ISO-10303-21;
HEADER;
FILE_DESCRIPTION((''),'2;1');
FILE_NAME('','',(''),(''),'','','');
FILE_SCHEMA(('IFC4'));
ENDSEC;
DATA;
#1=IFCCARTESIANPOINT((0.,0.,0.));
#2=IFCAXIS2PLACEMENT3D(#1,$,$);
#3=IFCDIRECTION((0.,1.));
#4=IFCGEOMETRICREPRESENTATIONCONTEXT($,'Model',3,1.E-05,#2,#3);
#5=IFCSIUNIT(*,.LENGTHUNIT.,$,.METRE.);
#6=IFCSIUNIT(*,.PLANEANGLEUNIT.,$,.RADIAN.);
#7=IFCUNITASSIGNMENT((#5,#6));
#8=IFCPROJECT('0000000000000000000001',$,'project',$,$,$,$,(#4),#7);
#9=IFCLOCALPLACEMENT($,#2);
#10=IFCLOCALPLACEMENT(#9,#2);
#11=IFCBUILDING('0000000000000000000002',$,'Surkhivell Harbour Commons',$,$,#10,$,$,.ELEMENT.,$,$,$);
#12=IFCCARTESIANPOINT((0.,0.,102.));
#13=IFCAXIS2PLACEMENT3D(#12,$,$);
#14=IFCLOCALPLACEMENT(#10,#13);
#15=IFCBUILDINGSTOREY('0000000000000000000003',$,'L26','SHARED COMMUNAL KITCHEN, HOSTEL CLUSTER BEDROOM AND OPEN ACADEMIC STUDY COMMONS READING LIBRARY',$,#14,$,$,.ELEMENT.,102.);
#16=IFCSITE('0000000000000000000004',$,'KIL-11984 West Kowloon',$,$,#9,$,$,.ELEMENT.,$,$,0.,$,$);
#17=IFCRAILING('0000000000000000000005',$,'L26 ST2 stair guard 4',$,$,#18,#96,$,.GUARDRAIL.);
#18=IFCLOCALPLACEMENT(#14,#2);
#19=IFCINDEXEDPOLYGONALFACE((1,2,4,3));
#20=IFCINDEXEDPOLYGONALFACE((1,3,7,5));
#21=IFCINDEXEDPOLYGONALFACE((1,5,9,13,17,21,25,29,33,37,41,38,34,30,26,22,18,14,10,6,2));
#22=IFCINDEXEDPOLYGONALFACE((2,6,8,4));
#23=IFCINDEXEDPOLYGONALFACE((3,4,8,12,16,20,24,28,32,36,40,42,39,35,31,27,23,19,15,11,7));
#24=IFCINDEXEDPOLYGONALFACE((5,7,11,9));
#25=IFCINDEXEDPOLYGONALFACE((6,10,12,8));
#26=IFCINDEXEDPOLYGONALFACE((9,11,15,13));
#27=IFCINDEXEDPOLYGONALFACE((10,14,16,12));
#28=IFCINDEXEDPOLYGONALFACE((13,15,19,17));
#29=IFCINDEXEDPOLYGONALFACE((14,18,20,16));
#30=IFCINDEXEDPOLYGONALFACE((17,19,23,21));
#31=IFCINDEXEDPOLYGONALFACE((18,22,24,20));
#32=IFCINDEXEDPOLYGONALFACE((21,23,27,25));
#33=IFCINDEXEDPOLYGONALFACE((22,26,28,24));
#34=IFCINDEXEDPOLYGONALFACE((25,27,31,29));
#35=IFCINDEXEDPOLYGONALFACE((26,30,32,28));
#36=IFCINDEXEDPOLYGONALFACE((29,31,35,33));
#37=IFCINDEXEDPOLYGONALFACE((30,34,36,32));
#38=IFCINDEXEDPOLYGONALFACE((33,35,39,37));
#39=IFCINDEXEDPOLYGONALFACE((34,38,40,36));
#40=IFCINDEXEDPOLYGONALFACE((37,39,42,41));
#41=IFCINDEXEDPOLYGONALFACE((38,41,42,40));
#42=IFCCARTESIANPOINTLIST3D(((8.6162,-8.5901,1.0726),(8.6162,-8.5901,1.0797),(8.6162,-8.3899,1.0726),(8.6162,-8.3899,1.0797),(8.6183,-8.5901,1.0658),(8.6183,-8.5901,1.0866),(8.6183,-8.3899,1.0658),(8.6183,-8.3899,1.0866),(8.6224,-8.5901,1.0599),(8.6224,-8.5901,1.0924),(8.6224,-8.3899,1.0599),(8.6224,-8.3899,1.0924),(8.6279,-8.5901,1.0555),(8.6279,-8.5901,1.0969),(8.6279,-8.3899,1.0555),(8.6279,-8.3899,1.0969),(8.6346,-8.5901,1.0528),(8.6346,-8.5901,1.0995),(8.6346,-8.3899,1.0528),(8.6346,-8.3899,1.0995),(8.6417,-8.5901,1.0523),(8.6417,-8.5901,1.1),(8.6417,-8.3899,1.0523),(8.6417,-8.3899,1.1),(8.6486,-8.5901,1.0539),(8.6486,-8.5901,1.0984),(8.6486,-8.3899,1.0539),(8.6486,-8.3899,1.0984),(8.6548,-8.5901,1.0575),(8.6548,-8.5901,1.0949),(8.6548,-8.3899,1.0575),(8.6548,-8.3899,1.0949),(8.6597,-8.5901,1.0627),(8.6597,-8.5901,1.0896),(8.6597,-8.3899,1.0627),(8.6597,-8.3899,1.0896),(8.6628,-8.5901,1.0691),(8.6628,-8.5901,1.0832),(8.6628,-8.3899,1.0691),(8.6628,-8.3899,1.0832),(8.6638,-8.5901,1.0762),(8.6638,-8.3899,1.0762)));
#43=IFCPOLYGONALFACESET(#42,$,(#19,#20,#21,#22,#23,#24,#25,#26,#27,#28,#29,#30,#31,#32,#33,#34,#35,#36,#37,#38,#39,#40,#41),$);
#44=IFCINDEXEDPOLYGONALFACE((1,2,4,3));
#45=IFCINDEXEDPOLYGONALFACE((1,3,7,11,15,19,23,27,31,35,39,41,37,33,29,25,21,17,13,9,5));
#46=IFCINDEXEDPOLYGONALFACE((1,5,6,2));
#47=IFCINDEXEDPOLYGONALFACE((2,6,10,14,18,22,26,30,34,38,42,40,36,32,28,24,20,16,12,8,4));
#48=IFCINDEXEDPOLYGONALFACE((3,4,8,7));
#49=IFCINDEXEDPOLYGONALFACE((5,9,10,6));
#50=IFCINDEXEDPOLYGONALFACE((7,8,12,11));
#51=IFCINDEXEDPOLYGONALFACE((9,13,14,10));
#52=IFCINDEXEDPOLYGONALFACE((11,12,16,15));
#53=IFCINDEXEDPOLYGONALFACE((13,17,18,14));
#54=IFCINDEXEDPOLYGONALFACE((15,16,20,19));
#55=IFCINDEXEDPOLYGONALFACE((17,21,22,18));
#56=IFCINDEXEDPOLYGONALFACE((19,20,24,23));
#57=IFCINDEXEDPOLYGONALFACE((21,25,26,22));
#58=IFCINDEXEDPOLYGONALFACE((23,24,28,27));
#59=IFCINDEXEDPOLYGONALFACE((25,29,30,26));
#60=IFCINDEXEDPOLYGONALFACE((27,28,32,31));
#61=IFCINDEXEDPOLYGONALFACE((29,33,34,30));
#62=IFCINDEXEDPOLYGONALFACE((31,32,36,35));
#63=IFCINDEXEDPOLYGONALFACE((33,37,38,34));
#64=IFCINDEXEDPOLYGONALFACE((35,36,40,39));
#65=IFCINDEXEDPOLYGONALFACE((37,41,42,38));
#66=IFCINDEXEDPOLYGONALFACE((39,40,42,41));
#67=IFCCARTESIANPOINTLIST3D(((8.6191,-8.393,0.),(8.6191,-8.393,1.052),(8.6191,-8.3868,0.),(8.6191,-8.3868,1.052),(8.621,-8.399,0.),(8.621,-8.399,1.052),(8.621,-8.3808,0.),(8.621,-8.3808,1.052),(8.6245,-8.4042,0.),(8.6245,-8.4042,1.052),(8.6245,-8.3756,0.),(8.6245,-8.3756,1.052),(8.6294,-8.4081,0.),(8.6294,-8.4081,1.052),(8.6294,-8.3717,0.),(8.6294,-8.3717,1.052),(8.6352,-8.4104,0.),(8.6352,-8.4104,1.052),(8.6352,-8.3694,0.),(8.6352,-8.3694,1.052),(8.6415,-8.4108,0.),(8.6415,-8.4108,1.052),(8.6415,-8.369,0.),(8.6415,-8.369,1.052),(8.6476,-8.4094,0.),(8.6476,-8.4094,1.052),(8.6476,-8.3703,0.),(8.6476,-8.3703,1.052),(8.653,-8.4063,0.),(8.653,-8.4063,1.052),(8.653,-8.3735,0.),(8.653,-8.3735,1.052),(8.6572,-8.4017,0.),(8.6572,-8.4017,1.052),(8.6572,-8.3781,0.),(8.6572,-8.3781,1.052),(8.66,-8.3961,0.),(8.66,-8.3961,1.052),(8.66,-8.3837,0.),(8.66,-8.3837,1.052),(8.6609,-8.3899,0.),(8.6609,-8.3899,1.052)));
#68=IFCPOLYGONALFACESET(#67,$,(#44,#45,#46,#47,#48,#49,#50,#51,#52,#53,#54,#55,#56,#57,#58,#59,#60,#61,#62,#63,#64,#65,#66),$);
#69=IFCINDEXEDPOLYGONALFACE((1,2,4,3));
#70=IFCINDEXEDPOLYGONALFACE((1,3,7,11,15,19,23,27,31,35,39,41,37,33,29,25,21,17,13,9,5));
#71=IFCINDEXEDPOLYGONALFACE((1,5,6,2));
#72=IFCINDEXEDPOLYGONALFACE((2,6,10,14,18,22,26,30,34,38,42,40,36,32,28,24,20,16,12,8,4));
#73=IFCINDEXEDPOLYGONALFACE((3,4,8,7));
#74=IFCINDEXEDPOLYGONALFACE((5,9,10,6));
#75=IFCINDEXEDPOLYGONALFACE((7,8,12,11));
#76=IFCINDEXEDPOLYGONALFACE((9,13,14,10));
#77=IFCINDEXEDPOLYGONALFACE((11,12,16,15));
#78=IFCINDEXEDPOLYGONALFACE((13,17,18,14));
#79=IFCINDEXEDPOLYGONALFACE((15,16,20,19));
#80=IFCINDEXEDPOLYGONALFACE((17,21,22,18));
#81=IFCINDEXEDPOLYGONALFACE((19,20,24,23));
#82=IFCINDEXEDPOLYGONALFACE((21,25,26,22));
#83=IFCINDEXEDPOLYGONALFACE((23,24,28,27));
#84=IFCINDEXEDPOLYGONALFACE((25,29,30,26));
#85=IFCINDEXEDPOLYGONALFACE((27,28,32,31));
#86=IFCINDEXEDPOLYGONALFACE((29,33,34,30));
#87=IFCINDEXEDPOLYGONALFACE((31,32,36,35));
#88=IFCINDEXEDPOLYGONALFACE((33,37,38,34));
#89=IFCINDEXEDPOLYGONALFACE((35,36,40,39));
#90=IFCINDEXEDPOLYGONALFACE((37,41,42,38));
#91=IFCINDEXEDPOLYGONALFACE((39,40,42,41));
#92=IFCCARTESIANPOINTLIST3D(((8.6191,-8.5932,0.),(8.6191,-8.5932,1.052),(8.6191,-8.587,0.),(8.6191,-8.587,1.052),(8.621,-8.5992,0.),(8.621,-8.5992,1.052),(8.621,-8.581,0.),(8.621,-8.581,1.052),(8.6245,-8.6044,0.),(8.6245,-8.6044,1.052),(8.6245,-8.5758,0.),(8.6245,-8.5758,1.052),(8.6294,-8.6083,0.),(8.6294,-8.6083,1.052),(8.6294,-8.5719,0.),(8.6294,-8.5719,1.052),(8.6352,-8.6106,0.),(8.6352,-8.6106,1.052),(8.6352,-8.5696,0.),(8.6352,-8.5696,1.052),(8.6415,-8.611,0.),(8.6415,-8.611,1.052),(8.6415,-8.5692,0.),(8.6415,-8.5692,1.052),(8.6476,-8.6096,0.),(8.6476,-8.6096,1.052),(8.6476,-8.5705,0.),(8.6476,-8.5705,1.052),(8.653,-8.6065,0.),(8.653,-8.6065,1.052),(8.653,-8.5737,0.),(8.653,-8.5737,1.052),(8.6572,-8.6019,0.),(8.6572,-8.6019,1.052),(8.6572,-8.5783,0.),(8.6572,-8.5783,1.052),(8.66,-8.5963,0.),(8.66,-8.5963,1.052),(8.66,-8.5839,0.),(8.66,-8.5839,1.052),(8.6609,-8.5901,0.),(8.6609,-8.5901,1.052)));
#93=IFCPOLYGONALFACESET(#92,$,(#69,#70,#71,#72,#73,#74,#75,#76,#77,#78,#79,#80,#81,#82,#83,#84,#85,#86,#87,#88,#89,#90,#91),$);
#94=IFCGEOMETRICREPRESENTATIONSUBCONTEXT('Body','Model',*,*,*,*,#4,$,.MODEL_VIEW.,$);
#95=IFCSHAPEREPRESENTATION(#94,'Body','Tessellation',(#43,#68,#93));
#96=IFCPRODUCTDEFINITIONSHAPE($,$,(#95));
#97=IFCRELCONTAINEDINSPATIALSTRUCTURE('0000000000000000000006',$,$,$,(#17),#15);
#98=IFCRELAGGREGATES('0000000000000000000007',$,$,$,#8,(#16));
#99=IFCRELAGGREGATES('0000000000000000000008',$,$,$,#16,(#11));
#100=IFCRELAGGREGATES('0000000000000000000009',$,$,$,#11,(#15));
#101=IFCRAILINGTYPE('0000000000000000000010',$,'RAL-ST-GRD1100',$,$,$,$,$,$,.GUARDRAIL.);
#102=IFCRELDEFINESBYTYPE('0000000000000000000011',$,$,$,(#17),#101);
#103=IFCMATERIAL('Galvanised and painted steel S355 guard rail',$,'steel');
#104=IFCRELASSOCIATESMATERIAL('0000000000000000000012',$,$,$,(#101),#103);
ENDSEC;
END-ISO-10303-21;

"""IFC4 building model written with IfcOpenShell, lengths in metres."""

from ifc_helpers import new_model, si_unit, direction, frame, origin, origin_2d, place, context, subcontext, project, spatial, circle, extrude, material, type_object, element, save


model = new_model("IFC4")

# Units and contexts
model_context = context("Model", 3, precision=1e-05, world=origin(), true_north=direction((0.0, 1.0)))
body_context = subcontext(model_context, "Body", "Model", "MODEL_VIEW")
ifc_project = project(units=[si_unit("LENGTHUNIT", "METRE"), si_unit("PLANEANGLEUNIT", "RADIAN")], contexts=[model_context])

# Site, building, storey
site_placement = place(None, origin())
site = spatial("IfcSite", under=ifc_project, at=site_placement, Name="KIL-11984 West Kowloon", CompositionType="ELEMENT", RefElevation=0.0)
building_placement = place(site_placement, origin())
building = spatial("IfcBuilding", under=site, at=building_placement, Name="Surkhivell Harbour Commons", CompositionType="ELEMENT")
storey_placement = place(building_placement, frame((0.0, 0.0, 102.0)))
storey = spatial("IfcBuildingStorey", under=building, at=storey_placement, Name="L26", Description="SHARED COMMUNAL KITCHEN, HOSTEL CLUSTER BEDROOM AND OPEN ACADEMIC STUDY COMMONS READING LIBRARY", CompositionType="ELEMENT", Elevation=102.0)

# Railing
ifc_material_1 = material(Name="Galvanised and painted steel S355 guard rail", Category="steel")
railing_type = type_object("IfcRailingType", Name="RAL-ST-GRD1100", PredefinedType="GUARDRAIL", material=ifc_material_1)
railing_1_placement = place(storey_placement, frame((8.6399, -8.3899, 0.0)))
element("IfcRailing", 1, at=railing_1_placement, inside=storey, type_object=railing_type, Name="L26 ST2 stair guard 4", PredefinedType="GUARDRAIL", context=body_context, shape_type="SweptSolid", body=[
    extrude(circle(Radius=0.0239, at=origin_2d()), frame((0.0, 0.0, 1.0762), z_axis=(0.0, -1.0, 0.0), x_axis=(1.0, 0.0, 0.0)), (0.0, 0.0, 1.0), 0.2002),
    extrude(circle(Radius=0.021, at=origin_2d()), origin(), (0.0, 0.0, 1.0), 1.052),
    extrude(circle(Radius=0.021, at=origin_2d()), frame((0.0, -0.2002, 0.0)), (0.0, 0.0, 1.0), 1.052),
])

save(model, "model.ifc")
